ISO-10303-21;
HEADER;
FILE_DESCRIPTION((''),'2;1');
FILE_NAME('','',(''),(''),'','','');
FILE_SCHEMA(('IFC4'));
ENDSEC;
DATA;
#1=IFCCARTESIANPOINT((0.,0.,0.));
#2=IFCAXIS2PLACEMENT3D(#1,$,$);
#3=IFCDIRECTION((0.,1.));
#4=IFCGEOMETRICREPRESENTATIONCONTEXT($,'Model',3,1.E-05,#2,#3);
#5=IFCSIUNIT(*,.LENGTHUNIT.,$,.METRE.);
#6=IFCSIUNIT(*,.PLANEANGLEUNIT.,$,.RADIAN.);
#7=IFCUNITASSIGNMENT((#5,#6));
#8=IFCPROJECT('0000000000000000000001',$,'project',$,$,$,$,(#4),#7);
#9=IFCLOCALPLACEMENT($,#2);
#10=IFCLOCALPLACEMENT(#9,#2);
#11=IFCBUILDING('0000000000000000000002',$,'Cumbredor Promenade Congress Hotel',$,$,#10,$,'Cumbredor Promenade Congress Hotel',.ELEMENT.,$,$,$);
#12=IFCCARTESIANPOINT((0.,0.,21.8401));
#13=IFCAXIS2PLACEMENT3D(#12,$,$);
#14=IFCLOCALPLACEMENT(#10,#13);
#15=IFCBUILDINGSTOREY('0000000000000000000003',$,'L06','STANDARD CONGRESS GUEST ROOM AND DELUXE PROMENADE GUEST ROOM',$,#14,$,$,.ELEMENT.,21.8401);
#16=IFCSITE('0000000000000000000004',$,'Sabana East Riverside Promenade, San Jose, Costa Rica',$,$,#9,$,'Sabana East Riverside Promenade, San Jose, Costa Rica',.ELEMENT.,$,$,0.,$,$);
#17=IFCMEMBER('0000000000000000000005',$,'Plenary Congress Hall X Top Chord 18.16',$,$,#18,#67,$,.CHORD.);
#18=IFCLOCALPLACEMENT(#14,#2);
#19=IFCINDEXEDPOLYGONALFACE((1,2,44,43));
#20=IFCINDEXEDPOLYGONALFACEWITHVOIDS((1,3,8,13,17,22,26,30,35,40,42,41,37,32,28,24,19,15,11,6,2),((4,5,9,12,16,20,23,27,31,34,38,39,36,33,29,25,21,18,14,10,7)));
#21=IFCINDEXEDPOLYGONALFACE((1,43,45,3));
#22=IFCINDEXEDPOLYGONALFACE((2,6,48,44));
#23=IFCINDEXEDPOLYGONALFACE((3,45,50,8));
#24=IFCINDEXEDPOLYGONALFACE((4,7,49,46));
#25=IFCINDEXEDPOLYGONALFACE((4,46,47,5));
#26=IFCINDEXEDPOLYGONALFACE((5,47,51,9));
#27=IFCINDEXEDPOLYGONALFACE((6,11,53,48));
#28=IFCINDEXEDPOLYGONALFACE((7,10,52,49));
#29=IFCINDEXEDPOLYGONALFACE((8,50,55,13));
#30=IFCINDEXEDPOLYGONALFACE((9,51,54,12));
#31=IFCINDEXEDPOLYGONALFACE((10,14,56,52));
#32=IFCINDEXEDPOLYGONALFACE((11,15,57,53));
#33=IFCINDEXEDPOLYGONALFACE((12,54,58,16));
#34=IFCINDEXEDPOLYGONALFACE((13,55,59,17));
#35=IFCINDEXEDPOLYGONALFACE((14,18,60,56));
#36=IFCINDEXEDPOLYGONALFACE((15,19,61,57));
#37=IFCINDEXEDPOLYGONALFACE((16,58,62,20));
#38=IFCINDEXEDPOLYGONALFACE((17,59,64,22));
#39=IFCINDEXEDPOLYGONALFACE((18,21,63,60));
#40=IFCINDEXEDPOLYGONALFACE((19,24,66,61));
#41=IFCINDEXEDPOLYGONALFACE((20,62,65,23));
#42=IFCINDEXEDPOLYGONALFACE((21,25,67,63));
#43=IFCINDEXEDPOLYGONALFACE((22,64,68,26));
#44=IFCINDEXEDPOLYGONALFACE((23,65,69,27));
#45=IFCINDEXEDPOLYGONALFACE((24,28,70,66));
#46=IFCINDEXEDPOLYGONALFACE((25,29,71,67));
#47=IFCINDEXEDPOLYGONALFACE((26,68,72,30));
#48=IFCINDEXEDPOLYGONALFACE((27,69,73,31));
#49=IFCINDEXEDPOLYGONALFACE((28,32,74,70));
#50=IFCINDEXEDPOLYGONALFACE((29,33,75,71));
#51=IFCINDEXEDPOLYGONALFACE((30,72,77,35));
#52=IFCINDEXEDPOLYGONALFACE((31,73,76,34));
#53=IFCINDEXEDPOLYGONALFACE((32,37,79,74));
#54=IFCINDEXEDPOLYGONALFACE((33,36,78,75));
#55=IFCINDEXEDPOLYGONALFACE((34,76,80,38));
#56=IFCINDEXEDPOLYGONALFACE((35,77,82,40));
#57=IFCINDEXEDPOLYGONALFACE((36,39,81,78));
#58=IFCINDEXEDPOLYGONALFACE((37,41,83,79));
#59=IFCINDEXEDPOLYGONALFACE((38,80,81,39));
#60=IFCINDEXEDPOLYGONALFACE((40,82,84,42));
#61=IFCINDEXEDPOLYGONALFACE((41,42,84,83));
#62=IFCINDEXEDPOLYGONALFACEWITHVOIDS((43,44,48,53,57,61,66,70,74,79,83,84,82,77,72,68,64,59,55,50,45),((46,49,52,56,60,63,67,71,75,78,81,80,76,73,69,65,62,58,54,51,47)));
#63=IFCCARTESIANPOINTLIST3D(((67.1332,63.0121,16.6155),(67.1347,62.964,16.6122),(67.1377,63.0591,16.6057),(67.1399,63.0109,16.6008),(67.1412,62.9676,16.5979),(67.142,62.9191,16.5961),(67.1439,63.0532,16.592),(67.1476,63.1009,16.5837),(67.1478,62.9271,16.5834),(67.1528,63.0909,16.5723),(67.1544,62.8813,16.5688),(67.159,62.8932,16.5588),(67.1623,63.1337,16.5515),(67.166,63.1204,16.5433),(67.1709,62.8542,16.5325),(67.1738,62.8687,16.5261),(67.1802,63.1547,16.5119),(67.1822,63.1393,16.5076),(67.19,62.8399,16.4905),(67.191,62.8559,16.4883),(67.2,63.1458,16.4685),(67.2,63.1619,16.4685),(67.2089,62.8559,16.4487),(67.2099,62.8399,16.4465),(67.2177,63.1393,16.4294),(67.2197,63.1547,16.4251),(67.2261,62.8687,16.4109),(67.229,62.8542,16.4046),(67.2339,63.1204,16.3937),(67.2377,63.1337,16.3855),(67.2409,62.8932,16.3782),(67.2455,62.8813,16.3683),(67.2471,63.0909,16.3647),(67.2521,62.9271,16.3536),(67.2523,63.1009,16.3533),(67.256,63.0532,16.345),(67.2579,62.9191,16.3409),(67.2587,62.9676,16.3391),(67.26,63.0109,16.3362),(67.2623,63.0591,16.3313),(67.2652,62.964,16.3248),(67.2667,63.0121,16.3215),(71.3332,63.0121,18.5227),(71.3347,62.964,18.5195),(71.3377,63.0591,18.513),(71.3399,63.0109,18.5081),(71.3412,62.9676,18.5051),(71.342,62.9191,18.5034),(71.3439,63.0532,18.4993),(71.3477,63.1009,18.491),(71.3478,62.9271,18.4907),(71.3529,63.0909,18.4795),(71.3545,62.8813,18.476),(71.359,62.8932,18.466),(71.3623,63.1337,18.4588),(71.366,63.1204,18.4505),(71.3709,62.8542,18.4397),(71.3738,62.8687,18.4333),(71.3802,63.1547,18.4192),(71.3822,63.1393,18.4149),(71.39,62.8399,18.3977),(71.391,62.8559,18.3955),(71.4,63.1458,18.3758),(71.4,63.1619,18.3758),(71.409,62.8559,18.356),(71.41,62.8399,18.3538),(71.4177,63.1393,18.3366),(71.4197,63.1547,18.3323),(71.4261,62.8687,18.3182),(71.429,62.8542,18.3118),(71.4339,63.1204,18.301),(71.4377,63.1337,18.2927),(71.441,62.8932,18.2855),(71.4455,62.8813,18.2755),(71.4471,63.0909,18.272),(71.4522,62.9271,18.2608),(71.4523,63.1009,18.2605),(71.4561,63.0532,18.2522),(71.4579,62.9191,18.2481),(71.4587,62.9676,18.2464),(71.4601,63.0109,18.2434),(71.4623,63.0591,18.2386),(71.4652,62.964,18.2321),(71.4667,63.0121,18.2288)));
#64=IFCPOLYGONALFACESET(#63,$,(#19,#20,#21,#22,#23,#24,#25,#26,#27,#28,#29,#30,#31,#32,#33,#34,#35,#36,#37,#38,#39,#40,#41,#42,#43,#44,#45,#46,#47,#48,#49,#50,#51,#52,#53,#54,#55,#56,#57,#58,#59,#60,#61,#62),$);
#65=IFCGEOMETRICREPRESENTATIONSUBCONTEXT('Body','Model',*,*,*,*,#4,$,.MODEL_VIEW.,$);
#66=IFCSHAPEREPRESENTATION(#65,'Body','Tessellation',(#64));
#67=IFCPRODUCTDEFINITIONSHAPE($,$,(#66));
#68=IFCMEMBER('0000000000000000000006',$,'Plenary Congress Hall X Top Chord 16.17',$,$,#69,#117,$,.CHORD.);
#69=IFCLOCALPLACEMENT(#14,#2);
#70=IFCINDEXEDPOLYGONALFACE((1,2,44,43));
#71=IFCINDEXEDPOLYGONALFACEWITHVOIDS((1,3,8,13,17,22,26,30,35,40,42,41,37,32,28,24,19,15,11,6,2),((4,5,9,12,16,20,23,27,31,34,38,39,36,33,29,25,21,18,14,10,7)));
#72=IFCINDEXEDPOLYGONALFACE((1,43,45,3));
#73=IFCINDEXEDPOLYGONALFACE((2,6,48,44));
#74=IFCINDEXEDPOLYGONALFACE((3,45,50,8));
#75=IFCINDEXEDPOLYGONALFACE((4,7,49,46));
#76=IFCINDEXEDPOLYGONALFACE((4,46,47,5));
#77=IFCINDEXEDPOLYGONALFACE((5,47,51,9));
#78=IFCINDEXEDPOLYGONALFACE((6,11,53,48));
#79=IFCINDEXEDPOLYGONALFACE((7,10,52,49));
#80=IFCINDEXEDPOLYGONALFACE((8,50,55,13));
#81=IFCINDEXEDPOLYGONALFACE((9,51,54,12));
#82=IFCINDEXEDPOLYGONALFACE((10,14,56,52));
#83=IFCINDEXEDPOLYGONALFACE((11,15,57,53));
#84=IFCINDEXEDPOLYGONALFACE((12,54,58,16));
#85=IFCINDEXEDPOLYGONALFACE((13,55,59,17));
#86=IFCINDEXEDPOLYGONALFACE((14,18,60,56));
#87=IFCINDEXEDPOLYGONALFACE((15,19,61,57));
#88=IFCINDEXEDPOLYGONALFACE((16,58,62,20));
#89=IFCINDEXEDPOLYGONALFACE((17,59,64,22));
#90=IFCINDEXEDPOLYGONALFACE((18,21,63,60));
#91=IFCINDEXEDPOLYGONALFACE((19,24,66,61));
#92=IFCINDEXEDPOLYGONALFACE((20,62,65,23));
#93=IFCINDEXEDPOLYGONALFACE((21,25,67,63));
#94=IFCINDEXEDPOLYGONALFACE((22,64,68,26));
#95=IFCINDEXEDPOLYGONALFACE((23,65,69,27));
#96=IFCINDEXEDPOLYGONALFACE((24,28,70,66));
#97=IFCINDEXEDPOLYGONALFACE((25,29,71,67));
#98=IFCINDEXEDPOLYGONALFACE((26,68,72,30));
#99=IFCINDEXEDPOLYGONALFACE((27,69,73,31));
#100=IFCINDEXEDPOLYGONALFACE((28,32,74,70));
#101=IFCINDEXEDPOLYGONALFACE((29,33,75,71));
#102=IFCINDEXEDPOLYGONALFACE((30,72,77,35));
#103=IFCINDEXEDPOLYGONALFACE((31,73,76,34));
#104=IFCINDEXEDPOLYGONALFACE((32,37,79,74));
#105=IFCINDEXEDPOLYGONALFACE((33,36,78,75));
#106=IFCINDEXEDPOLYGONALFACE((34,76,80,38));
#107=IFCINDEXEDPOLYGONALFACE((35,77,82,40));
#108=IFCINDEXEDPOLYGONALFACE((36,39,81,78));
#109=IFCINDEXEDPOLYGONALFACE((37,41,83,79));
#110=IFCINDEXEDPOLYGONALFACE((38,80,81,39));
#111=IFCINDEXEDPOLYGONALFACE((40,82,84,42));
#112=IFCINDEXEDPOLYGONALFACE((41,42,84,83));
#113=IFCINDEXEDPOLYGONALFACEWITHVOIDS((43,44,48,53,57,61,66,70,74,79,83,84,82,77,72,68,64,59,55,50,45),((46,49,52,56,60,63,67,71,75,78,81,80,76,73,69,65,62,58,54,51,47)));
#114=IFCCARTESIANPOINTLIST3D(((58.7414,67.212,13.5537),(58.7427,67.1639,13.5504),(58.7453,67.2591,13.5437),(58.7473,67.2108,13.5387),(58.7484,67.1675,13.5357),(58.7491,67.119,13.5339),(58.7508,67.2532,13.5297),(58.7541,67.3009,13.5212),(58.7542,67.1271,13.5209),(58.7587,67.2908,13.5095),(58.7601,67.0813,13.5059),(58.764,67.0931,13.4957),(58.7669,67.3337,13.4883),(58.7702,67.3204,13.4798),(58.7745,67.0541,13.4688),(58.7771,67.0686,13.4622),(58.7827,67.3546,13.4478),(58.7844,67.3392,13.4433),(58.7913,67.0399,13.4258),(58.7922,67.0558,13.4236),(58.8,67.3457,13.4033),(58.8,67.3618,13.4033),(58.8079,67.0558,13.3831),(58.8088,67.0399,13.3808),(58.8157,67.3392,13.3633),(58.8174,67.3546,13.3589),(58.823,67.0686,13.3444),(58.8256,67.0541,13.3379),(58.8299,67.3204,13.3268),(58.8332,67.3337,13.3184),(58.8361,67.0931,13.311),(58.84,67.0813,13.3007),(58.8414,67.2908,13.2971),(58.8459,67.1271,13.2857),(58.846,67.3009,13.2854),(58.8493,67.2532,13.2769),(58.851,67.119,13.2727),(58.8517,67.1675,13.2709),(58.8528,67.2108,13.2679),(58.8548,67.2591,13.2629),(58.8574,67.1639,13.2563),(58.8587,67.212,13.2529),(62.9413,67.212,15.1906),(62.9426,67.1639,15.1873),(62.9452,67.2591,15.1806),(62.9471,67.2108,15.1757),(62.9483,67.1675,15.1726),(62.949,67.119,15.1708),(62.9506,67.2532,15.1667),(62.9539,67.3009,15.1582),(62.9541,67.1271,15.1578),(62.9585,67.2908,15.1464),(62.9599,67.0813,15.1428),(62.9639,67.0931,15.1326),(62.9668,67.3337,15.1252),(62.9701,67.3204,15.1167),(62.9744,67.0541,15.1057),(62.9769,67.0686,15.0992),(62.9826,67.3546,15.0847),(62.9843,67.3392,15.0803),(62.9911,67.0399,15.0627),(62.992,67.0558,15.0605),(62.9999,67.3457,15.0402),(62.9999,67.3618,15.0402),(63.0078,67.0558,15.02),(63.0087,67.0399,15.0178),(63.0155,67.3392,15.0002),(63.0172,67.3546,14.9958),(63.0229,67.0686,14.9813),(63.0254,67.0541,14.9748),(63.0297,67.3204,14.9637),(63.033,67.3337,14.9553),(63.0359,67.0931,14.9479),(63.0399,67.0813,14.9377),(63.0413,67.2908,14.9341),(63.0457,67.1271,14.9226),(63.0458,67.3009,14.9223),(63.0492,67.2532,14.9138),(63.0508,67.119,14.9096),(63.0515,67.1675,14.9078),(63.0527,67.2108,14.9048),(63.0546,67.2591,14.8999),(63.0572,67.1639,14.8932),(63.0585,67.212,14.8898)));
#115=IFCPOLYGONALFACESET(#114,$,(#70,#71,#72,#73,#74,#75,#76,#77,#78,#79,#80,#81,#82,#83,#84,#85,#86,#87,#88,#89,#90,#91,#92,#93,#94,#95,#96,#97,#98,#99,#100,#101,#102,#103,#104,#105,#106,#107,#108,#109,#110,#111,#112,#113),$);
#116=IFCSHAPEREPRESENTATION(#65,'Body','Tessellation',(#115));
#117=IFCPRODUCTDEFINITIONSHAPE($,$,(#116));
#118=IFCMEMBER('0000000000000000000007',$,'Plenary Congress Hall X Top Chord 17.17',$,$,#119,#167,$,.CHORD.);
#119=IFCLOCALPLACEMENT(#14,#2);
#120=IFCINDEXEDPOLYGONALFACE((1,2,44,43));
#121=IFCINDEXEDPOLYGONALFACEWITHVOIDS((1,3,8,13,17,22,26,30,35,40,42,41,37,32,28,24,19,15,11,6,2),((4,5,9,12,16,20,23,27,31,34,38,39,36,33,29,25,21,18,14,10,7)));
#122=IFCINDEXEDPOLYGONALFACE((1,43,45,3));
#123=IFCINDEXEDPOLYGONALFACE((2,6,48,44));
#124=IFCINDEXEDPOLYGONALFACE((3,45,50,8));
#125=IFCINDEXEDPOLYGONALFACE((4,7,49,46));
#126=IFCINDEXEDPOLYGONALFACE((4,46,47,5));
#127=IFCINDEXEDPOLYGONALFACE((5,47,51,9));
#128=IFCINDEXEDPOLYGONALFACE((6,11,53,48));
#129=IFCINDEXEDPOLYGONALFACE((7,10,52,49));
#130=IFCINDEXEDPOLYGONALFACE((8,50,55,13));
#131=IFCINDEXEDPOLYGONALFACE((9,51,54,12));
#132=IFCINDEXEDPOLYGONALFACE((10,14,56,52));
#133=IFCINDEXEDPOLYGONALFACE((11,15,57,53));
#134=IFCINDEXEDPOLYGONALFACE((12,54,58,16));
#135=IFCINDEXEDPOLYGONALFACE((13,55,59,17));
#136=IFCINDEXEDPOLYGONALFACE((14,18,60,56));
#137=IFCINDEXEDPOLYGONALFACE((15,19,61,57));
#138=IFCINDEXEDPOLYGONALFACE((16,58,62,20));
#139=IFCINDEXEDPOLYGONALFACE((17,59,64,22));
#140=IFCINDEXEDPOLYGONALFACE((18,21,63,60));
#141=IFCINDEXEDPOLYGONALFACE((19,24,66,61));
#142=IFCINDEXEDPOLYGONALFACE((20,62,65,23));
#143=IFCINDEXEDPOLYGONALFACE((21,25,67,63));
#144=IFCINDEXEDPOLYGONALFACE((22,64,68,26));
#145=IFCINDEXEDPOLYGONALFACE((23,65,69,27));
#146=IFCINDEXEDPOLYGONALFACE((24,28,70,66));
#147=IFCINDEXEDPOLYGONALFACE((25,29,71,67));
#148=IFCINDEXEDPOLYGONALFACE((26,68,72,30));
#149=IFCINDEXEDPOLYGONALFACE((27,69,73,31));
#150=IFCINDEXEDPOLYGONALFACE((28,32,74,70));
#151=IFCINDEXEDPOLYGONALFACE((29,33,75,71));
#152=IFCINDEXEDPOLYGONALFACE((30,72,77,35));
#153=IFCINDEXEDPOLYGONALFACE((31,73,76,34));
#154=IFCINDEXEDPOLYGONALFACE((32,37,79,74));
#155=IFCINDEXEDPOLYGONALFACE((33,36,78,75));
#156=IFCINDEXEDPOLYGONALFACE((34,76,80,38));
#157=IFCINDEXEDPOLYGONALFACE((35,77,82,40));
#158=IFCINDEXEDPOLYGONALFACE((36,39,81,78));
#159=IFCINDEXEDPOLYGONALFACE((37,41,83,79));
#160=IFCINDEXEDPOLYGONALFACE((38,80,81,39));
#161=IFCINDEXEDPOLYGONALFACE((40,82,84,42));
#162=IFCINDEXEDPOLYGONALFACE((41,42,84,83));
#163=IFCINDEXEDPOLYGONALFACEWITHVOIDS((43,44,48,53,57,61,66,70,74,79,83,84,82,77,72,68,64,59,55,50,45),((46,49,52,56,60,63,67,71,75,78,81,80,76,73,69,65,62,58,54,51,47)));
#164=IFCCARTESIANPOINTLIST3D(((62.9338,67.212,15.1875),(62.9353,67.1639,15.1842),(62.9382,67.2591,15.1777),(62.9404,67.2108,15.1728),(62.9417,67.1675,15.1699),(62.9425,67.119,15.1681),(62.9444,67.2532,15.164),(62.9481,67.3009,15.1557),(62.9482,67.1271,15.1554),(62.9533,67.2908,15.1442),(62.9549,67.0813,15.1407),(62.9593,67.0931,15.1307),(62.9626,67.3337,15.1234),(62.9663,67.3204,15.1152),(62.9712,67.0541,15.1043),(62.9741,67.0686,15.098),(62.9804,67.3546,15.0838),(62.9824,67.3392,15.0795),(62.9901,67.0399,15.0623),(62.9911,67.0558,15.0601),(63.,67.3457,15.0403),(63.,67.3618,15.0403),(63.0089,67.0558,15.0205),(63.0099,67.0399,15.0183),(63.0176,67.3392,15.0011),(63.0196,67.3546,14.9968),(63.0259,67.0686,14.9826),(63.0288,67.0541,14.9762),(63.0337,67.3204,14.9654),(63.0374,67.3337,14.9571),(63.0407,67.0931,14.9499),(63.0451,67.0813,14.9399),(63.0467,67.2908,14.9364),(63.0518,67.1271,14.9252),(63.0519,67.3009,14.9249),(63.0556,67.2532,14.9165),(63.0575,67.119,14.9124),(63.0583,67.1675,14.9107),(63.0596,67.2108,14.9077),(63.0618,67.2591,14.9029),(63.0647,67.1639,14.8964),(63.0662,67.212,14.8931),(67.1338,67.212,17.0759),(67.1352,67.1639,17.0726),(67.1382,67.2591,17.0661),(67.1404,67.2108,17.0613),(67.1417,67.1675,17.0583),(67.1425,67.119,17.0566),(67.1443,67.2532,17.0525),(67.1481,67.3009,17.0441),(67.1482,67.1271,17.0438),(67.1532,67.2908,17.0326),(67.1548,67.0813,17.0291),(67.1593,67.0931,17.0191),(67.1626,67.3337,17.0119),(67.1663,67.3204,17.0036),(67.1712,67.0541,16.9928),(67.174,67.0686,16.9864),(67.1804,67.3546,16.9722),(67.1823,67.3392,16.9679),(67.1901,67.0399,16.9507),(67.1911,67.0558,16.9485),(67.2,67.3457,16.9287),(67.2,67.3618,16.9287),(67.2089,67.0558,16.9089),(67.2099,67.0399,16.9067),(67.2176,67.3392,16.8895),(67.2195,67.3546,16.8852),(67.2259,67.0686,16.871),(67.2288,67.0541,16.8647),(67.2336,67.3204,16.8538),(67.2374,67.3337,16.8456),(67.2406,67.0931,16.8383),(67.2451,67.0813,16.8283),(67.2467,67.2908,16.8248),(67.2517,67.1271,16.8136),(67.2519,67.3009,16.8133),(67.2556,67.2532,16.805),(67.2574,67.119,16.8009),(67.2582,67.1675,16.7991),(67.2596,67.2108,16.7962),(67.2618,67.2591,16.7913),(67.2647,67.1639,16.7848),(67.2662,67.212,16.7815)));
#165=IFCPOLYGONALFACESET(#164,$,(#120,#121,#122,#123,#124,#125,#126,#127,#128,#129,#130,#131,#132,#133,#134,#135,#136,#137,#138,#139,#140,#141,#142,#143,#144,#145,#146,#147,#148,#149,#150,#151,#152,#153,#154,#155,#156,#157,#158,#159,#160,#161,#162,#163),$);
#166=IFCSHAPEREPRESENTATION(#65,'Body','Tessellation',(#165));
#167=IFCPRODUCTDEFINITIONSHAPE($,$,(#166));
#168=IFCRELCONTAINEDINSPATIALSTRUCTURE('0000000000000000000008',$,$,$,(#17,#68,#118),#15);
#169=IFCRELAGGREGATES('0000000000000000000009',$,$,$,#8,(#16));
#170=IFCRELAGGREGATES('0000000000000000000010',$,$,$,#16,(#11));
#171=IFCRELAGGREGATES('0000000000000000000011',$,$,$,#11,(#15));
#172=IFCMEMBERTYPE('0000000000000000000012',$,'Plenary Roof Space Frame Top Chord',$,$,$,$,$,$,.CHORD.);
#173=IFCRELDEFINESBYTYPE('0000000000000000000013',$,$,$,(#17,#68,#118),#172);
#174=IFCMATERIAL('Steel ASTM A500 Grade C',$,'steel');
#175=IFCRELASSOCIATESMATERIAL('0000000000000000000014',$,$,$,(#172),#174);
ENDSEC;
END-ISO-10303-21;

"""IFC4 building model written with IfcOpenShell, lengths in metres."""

from ifc_helpers import new_model, si_unit, direction, frame, origin, origin_2d, place, context, subcontext, project, spatial, hollow_circle, extrude, material, material_profile, profile_set, type_object, element, save


model = new_model("IFC4")

# Units and contexts
model_context = context("Model", 3, precision=1e-05, world=origin(), true_north=direction((0.0, 1.0)))
body_context = subcontext(model_context, "Body", "Model", "MODEL_VIEW")
ifc_project = project(units=[si_unit("LENGTHUNIT", "METRE"), si_unit("PLANEANGLEUNIT", "RADIAN")], contexts=[model_context])

# Site, building, storey
site_placement = place(None, origin())
site = spatial("IfcSite", under=ifc_project, at=site_placement, Name="Sabana East Riverside Promenade, San Jose, Costa Rica", LongName="Sabana East Riverside Promenade, San Jose, Costa Rica", CompositionType="ELEMENT", RefElevation=0.0)
building_placement = place(site_placement, origin())
building = spatial("IfcBuilding", under=site, at=building_placement, Name="Cumbredor Promenade Congress Hotel", LongName="Cumbredor Promenade Congress Hotel", CompositionType="ELEMENT")
storey_placement = place(building_placement, frame((0.0, 0.0, 21.8401)))
storey = spatial("IfcBuildingStorey", under=building, at=storey_placement, Name="L06", Description="STANDARD CONGRESS GUEST ROOM AND DELUXE PROMENADE GUEST ROOM", CompositionType="ELEMENT", Elevation=21.8401)

# Members
ifc_material_1 = material(Name="Steel ASTM A500 Grade C", Category="steel")
ifc_material_profile_1 = material_profile(ifc_material_1, hollow_circle(Radius=0.1619, WallThickness=0.0161, at=origin_2d()), Name="CHS 323.9x16")
ifc_profile_set_1 = profile_set([ifc_material_profile_1], Name="Steel ASTM A500 Grade C")
member_type_1 = type_object("IfcMemberType", Name="Plenary Roof Space Frame Top Chord", PredefinedType="CHORD", material=ifc_profile_set_1)
member_1_placement = place(storey_placement, frame((67.2, 63.0, 16.4685), z_axis=(0.910517, 0.0, 0.413472), x_axis=(0.0, 1.0, 0.0)))
element("IfcMember", 1, at=member_1_placement, inside=storey, type_object=member_type_1, Name="Plenary Congress Hall X Top Chord 18.16", PredefinedType="CHORD", context=body_context, shape_type="SweptSolid", body=[
    extrude(hollow_circle(Radius=0.1619, WallThickness=0.0161, at=origin_2d()), origin(), (0.0, 0.0, 1.0), 4.6128),
])
member_2_placement = place(storey_placement, frame((58.8, 67.2, 13.4033), z_axis=(0.931731, 0.0, 0.363149), x_axis=(0.0, 1.0, 0.0)))
element("IfcMember", 2, at=member_2_placement, inside=storey, type_object=member_type_1, Name="Plenary Congress Hall X Top Chord 16.17", PredefinedType="CHORD", context=body_context, shape_type="SweptSolid", body=[
    extrude(hollow_circle(Radius=0.1619, WallThickness=0.0161, at=origin_2d()), origin(), (0.0, 0.0, 1.0), 4.5076),
])
member_3_placement = place(storey_placement, frame((63.0, 67.2, 15.0403), z_axis=(0.912047, 0.0, 0.410085), x_axis=(0.0, 1.0, 0.0)))
element("IfcMember", 3, at=member_3_placement, inside=storey, type_object=member_type_1, Name="Plenary Congress Hall X Top Chord 17.17", PredefinedType="CHORD", context=body_context, shape_type="SweptSolid", body=[
    extrude(hollow_circle(Radius=0.1619, WallThickness=0.0161, at=origin_2d()), origin(), (0.0, 0.0, 1.0), 4.605),
])

save(model, "model.ifc")
